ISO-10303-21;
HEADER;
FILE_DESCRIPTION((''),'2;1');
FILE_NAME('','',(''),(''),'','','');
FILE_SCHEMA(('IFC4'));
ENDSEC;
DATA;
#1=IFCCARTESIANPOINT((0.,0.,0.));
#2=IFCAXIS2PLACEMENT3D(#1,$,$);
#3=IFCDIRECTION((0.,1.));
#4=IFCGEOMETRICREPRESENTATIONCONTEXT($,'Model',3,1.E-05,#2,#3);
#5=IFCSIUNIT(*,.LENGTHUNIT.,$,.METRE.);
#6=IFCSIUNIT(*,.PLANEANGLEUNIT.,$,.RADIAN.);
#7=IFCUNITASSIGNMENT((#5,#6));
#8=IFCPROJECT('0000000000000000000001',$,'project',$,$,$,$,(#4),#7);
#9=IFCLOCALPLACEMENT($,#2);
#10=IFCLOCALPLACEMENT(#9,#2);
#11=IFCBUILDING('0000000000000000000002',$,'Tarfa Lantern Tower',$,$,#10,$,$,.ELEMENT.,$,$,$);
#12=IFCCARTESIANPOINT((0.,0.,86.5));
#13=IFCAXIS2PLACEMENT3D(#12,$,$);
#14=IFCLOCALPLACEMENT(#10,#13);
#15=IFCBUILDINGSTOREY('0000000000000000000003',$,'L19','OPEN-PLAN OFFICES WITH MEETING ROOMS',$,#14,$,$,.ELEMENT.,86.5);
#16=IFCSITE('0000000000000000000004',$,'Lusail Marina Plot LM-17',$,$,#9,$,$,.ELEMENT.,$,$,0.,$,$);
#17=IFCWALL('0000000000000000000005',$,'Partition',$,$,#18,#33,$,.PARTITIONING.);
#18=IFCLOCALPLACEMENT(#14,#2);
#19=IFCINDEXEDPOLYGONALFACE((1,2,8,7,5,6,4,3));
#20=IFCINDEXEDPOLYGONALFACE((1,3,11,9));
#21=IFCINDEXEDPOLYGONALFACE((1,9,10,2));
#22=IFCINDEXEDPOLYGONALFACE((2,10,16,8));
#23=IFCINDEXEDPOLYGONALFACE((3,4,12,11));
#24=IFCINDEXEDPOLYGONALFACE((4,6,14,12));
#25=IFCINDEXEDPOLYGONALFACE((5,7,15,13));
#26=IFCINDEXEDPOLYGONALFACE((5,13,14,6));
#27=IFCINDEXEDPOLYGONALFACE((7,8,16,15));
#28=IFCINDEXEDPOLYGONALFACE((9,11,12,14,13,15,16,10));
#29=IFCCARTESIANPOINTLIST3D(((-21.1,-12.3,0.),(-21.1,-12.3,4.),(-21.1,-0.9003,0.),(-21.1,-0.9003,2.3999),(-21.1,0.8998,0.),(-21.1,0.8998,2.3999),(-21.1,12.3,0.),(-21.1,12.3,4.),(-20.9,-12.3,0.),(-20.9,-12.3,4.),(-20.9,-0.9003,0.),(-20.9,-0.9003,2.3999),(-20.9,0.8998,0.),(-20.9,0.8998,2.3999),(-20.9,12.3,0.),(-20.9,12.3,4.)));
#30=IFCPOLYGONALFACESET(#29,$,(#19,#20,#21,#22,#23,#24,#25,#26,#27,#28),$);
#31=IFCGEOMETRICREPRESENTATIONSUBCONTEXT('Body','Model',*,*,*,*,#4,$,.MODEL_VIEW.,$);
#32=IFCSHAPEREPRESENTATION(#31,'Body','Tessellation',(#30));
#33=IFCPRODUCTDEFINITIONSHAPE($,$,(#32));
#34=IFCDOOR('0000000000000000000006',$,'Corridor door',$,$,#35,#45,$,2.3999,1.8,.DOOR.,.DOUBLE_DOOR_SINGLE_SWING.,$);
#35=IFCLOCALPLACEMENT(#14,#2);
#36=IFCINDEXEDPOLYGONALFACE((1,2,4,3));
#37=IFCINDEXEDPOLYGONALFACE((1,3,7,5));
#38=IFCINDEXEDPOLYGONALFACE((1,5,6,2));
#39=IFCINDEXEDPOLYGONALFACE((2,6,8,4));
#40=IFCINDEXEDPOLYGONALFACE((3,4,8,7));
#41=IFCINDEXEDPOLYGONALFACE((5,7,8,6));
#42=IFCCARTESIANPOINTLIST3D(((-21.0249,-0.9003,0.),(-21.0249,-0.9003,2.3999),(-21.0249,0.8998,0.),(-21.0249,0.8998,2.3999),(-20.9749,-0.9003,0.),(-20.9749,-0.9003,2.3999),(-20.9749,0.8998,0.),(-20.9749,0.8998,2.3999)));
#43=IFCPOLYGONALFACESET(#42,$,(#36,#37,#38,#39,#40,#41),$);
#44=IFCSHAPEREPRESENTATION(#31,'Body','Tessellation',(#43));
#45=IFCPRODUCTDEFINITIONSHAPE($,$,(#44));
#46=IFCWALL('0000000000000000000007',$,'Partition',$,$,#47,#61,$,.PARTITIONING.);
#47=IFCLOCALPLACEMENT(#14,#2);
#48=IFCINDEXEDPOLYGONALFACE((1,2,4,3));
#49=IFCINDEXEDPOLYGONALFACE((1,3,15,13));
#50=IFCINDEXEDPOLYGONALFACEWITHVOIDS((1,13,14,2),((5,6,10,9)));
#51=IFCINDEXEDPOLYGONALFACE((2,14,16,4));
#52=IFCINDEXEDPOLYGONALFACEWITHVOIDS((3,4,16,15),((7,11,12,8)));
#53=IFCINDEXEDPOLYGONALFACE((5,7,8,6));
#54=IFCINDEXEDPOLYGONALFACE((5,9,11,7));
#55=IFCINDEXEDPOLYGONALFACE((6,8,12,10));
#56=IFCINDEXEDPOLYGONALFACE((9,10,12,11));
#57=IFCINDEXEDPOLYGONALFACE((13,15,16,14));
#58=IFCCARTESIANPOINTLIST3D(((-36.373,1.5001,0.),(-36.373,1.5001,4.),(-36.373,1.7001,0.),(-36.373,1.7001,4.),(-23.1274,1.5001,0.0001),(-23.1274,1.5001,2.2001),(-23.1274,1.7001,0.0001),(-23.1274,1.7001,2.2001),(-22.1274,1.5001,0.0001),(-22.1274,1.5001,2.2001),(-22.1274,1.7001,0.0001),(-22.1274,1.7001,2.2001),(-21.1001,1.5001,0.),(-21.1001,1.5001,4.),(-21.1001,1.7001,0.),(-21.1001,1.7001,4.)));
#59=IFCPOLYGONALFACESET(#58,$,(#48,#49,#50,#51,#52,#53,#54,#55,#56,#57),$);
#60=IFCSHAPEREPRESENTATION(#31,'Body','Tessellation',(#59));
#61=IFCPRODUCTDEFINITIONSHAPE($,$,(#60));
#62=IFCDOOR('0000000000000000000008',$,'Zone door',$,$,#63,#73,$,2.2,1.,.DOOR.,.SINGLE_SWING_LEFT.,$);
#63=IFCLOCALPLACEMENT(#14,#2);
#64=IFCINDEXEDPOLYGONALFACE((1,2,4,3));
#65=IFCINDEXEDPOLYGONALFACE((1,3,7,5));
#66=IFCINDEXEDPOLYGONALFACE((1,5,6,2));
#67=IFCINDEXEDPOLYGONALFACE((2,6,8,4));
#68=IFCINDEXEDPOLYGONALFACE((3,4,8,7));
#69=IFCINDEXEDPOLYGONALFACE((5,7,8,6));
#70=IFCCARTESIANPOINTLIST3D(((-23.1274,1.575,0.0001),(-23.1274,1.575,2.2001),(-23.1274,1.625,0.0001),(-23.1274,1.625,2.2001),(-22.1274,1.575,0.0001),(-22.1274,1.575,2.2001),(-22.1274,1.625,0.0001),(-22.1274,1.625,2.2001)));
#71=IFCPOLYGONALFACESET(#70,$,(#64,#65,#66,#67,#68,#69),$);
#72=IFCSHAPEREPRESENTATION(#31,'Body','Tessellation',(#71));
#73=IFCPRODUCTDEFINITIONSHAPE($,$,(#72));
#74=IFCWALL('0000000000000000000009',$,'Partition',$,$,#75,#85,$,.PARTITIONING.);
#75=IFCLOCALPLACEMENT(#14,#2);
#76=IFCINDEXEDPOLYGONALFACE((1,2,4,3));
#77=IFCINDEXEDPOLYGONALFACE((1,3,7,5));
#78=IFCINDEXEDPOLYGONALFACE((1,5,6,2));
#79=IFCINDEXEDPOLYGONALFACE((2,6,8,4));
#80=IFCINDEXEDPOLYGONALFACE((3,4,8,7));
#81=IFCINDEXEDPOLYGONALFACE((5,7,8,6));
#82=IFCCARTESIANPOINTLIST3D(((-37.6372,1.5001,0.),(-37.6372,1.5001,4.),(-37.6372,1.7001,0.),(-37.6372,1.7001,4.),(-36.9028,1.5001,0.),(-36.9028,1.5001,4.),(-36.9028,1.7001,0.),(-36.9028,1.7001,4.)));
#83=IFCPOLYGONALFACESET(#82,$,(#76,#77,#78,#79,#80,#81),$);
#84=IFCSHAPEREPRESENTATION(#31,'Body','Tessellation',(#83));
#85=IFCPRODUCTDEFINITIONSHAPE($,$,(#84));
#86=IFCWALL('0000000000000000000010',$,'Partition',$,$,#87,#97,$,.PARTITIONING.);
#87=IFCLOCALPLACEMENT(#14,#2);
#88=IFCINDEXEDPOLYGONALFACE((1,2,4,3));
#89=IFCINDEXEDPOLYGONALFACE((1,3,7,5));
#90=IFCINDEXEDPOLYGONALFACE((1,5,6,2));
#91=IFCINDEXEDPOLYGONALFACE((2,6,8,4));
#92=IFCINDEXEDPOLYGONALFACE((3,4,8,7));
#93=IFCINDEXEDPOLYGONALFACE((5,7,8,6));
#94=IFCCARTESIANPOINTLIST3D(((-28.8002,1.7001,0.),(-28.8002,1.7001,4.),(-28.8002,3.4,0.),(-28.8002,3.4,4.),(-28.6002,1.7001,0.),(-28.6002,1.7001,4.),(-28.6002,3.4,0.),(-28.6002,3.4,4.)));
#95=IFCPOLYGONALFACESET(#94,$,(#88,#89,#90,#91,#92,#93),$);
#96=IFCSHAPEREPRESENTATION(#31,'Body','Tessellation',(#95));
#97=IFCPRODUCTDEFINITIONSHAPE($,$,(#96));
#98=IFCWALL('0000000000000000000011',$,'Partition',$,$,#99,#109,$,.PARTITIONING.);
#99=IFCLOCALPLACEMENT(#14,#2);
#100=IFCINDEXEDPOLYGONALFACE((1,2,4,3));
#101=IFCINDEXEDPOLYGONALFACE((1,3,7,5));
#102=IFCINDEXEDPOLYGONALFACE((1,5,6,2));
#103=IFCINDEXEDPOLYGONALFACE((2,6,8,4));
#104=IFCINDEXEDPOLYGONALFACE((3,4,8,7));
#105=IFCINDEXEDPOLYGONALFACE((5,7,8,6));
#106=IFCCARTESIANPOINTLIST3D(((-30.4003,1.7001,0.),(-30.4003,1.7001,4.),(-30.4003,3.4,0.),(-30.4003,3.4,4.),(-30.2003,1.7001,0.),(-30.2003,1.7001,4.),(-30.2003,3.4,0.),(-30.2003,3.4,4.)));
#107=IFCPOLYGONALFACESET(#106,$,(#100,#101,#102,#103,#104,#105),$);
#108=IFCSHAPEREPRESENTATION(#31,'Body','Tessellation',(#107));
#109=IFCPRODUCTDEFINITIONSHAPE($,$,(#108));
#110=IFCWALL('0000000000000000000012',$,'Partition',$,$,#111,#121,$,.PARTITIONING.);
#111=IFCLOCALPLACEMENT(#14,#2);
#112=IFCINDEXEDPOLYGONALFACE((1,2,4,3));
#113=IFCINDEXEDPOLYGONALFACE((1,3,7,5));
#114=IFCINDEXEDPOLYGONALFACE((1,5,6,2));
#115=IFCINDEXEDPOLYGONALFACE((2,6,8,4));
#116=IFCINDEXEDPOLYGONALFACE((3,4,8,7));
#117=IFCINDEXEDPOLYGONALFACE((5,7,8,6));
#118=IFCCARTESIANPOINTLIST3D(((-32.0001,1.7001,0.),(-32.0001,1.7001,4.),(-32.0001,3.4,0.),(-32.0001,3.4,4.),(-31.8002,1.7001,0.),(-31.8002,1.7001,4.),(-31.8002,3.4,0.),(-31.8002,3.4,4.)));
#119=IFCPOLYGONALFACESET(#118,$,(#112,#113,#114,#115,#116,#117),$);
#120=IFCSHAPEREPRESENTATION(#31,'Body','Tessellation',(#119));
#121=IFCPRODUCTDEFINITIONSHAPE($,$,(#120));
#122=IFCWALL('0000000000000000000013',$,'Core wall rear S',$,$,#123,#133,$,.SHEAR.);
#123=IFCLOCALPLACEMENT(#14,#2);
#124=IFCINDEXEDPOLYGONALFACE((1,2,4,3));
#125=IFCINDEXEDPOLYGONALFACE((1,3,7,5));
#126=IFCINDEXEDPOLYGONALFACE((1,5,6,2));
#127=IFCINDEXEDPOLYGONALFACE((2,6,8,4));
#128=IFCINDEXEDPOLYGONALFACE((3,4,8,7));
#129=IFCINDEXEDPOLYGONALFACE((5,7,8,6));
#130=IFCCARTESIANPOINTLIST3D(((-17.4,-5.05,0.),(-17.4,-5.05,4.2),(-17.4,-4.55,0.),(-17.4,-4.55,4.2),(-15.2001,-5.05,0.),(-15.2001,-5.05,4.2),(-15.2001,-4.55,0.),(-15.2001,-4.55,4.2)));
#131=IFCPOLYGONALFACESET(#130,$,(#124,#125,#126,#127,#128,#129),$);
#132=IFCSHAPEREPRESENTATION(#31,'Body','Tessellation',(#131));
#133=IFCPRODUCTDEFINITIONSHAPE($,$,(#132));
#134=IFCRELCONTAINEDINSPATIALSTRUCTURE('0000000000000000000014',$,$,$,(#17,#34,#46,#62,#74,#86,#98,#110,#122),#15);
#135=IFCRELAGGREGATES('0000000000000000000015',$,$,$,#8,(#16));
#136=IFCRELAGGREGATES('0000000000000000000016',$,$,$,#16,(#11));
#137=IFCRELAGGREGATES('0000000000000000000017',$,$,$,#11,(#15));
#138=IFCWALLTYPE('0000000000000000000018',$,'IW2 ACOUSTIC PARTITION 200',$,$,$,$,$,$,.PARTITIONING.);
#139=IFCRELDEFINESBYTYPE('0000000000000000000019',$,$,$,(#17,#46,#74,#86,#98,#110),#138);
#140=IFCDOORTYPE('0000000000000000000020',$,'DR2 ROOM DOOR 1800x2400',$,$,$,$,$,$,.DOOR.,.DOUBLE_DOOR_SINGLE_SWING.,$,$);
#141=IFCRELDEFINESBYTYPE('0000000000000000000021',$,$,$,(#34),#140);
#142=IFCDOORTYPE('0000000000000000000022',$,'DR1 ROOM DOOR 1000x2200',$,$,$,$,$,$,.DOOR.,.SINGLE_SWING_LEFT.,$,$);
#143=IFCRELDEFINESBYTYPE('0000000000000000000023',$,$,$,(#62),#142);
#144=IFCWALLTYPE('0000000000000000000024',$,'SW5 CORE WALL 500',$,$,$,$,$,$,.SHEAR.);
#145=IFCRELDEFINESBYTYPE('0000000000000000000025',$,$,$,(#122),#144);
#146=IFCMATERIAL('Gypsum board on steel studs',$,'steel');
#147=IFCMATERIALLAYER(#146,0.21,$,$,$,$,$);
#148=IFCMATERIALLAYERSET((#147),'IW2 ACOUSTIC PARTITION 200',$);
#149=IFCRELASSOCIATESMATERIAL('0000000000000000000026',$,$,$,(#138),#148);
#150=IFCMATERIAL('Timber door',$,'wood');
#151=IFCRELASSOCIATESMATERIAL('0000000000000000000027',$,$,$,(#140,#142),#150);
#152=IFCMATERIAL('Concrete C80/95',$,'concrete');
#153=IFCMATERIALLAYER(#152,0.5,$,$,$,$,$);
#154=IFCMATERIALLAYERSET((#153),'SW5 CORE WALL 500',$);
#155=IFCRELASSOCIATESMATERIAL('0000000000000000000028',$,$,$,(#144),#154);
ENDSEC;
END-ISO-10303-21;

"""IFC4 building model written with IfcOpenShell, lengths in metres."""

from ifc_helpers import new_model, si_unit, direction, frame, frame_2d, origin, place, context, subcontext, project, spatial, rectangle, extrude, material, layer, layer_set, type_object, element, fill, save


model = new_model("IFC4")

# Units and contexts
model_context = context("Model", 3, precision=1e-05, world=origin(), true_north=direction((0.0, 1.0)))
body_context = subcontext(model_context, "Body", "Model", "MODEL_VIEW")
ifc_project = project(units=[si_unit("LENGTHUNIT", "METRE"), si_unit("PLANEANGLEUNIT", "RADIAN")], contexts=[model_context])

# Site, building, storey
site_placement = place(None, origin())
site = spatial("IfcSite", under=ifc_project, at=site_placement, Name="Lusail Marina Plot LM-17", CompositionType="ELEMENT", RefElevation=0.0)
building_placement = place(site_placement, origin())
building = spatial("IfcBuilding", under=site, at=building_placement, Name="Tarfa Lantern Tower", CompositionType="ELEMENT")
storey_placement = place(building_placement, frame((0.0, 0.0, 86.5)))
storey = spatial("IfcBuildingStorey", under=building, at=storey_placement, Name="L19", Description="OPEN-PLAN OFFICES WITH MEETING ROOMS", CompositionType="ELEMENT", Elevation=86.5)

# Shared definitions
ifc_material_1 = material(Name="Concrete C80/95", Category="concrete")

# Shared definitions
ifc_material_2 = material(Name="Gypsum board on steel studs", Category="steel")
ifc_layer_1 = layer(ifc_material_2, 0.21)
ifc_layer_set_1 = layer_set([ifc_layer_1], Name="IW2 ACOUSTIC PARTITION 200")
wall_type_1 = type_object("IfcWallType", Name="IW2 ACOUSTIC PARTITION 200", PredefinedType="PARTITIONING", material=ifc_layer_set_1)

# Walls, openings, doors
wall_1_placement = place(storey_placement, frame((-21.0, -12.3, 0.0), z_axis=(0.0, 0.0, 1.0), x_axis=(0.0, 1.0, 0.0)))
wall_1 = element("IfcWall", 1, at=wall_1_placement, inside=storey, type_object=wall_type_1, Name="Partition", PredefinedType="PARTITIONING", context=body_context, shape_type="SweptSolid", body=[
    extrude(rectangle(XDim=24.6001, YDim=0.2, at=frame_2d((12.3, 0.0))), origin(), (0.0, 0.0, 1.0), 4.0),
])
opening_1_placement = place(wall_1_placement, frame((11.3999, 0.0, 0.0)))
opening_1 = element("IfcOpeningElement", 2, at=opening_1_placement, cuts=wall_1, PredefinedType="OPENING", context=body_context, shape_type="SweptSolid", body=[
    extrude(rectangle(XDim=1.8, YDim=2.3999, at=frame_2d((0.8999, 1.2))), frame((0.0, 0.1099, 0.0), z_axis=(0.0, -1.0, 0.0), x_axis=(1.0, 0.0, 0.0)), (0.0, 0.0, 1.0), 0.22),
])
ifc_material_3 = material(Name="Timber door", Category="wood")
door_type_1 = type_object("IfcDoorType", Name="DR2 ROOM DOOR 1800x2400", OperationType="DOUBLE_DOOR_SINGLE_SWING", PredefinedType="DOOR", material=ifc_material_3)
door_1_placement = place(opening_1_placement, origin())
door_1 = element("IfcDoor", 3, at=door_1_placement, inside=storey, type_object=door_type_1, Name="Corridor door", OperationType="DOUBLE_DOOR_SINGLE_SWING", OverallHeight=2.3999, OverallWidth=1.8, PredefinedType="DOOR", context=body_context, shape_type="SweptSolid", body=[
    extrude(rectangle(XDim=1.8, YDim=2.3999, at=frame_2d((0.8999, 1.2))), frame((0.0, 0.0249, 0.0), z_axis=(0.0, -1.0, 0.0), x_axis=(1.0, 0.0, 0.0)), (0.0, 0.0, 1.0), 0.05),
])
fill(opening_1, door_1)
wall_2_placement = place(storey_placement, frame((-21.1001, 1.6001, 0.0), z_axis=(0.0, 0.0, 1.0), x_axis=(-1.0, 0.0, 0.0)))
wall_2 = element("IfcWall", 4, at=wall_2_placement, inside=storey, type_object=wall_type_1, Name="Partition", PredefinedType="PARTITIONING", context=body_context, shape_type="SweptSolid", body=[
    extrude(rectangle(XDim=15.2729, YDim=0.2, at=frame_2d((7.6365, 0.0))), origin(), (0.0, 0.0, 1.0), 4.0),
])
opening_2_placement = place(wall_2_placement, frame((1.0273, 0.0, 0.0)))
opening_2 = element("IfcOpeningElement", 5, at=opening_2_placement, cuts=wall_2, PredefinedType="OPENING", context=body_context, shape_type="SweptSolid", body=[
    extrude(rectangle(XDim=1.0, YDim=2.2, at=frame_2d((0.5, 1.1001))), frame((0.0, 0.1099, 0.0), z_axis=(0.0, -1.0, 0.0), x_axis=(1.0, 0.0, 0.0)), (0.0, 0.0, 1.0), 0.22),
])
door_type_2 = type_object("IfcDoorType", Name="DR1 ROOM DOOR 1000x2200", OperationType="SINGLE_SWING_LEFT", PredefinedType="DOOR", material=ifc_material_3)
door_2_placement = place(opening_2_placement, frame((1.0, 0.0, 0.0), z_axis=(0.0, 0.0, 1.0), x_axis=(-1.0, 0.0, 0.0)))
door_2 = element("IfcDoor", 6, at=door_2_placement, inside=storey, type_object=door_type_2, Name="Zone door", OperationType="SINGLE_SWING_LEFT", OverallHeight=2.2, OverallWidth=1.0, PredefinedType="DOOR", context=body_context, shape_type="SweptSolid", body=[
    extrude(rectangle(XDim=1.0, YDim=2.2, at=frame_2d((0.5, 1.1001))), frame((0.0, 0.0249, 0.0), z_axis=(0.0, -1.0, 0.0), x_axis=(1.0, 0.0, 0.0)), (0.0, 0.0, 1.0), 0.05),
])
fill(opening_2, door_2)

# Walls
wall_3_placement = place(storey_placement, frame((-36.9028, 1.6001, 0.0), z_axis=(0.0, 0.0, 1.0), x_axis=(-1.0, 0.0, 0.0)))
element("IfcWall", 7, at=wall_3_placement, inside=storey, type_object=wall_type_1, Name="Partition", PredefinedType="PARTITIONING", context=body_context, shape_type="SweptSolid", body=[
    extrude(rectangle(XDim=0.7344, YDim=0.2, at=frame_2d((0.3672, 0.0))), origin(), (0.0, 0.0, 1.0), 4.0),
])
for number, where, z_axis, x_axis, name in (
    (8, (-28.7002, 1.7, 0.0), (0.0, 0.0, 1.0), (0.0, 1.0, 0.0), "Partition"),
    (9, (-30.3003, 1.7, 0.0), (0.0, 0.0, 1.0), (0.0, 1.0, 0.0), "Partition"),
    (10, (-31.9001, 1.7, 0.0), (0.0, 0.0, 1.0), (0.0, 1.0, 0.0), "Partition"),
):
    element("IfcWall", number, at=place(storey_placement, frame(where, z_axis=z_axis, x_axis=x_axis)), inside=storey, type_object=wall_type_1, Name=name, PredefinedType="PARTITIONING", context=body_context, shape_type="SweptSolid", body=[
        extrude(rectangle(XDim=1.7, YDim=0.2, at=frame_2d((0.8501, 0.0))), origin(), (0.0, 0.0, 1.0), 4.0),
    ])
ifc_layer_2 = layer(ifc_material_1, 0.5)
ifc_layer_set_2 = layer_set([ifc_layer_2], Name="SW5 CORE WALL 500")
wall_type_2 = type_object("IfcWallType", Name="SW5 CORE WALL 500", PredefinedType="SHEAR", material=ifc_layer_set_2)
wall_4_placement = place(storey_placement, frame((-15.2, -4.8, 0.0), z_axis=(0.0, 0.0, 1.0), x_axis=(-1.0, 0.0, 0.0)))
element("IfcWall", 11, at=wall_4_placement, inside=storey, type_object=wall_type_2, Name="Core wall rear S", PredefinedType="SHEAR", context=body_context, shape_type="SweptSolid", body=[
    extrude(rectangle(XDim=2.2, YDim=0.5, at=frame_2d((1.1001, 0.0))), origin(), (0.0, 0.0, 1.0), 4.2),
])

save(model, "model.ifc")
